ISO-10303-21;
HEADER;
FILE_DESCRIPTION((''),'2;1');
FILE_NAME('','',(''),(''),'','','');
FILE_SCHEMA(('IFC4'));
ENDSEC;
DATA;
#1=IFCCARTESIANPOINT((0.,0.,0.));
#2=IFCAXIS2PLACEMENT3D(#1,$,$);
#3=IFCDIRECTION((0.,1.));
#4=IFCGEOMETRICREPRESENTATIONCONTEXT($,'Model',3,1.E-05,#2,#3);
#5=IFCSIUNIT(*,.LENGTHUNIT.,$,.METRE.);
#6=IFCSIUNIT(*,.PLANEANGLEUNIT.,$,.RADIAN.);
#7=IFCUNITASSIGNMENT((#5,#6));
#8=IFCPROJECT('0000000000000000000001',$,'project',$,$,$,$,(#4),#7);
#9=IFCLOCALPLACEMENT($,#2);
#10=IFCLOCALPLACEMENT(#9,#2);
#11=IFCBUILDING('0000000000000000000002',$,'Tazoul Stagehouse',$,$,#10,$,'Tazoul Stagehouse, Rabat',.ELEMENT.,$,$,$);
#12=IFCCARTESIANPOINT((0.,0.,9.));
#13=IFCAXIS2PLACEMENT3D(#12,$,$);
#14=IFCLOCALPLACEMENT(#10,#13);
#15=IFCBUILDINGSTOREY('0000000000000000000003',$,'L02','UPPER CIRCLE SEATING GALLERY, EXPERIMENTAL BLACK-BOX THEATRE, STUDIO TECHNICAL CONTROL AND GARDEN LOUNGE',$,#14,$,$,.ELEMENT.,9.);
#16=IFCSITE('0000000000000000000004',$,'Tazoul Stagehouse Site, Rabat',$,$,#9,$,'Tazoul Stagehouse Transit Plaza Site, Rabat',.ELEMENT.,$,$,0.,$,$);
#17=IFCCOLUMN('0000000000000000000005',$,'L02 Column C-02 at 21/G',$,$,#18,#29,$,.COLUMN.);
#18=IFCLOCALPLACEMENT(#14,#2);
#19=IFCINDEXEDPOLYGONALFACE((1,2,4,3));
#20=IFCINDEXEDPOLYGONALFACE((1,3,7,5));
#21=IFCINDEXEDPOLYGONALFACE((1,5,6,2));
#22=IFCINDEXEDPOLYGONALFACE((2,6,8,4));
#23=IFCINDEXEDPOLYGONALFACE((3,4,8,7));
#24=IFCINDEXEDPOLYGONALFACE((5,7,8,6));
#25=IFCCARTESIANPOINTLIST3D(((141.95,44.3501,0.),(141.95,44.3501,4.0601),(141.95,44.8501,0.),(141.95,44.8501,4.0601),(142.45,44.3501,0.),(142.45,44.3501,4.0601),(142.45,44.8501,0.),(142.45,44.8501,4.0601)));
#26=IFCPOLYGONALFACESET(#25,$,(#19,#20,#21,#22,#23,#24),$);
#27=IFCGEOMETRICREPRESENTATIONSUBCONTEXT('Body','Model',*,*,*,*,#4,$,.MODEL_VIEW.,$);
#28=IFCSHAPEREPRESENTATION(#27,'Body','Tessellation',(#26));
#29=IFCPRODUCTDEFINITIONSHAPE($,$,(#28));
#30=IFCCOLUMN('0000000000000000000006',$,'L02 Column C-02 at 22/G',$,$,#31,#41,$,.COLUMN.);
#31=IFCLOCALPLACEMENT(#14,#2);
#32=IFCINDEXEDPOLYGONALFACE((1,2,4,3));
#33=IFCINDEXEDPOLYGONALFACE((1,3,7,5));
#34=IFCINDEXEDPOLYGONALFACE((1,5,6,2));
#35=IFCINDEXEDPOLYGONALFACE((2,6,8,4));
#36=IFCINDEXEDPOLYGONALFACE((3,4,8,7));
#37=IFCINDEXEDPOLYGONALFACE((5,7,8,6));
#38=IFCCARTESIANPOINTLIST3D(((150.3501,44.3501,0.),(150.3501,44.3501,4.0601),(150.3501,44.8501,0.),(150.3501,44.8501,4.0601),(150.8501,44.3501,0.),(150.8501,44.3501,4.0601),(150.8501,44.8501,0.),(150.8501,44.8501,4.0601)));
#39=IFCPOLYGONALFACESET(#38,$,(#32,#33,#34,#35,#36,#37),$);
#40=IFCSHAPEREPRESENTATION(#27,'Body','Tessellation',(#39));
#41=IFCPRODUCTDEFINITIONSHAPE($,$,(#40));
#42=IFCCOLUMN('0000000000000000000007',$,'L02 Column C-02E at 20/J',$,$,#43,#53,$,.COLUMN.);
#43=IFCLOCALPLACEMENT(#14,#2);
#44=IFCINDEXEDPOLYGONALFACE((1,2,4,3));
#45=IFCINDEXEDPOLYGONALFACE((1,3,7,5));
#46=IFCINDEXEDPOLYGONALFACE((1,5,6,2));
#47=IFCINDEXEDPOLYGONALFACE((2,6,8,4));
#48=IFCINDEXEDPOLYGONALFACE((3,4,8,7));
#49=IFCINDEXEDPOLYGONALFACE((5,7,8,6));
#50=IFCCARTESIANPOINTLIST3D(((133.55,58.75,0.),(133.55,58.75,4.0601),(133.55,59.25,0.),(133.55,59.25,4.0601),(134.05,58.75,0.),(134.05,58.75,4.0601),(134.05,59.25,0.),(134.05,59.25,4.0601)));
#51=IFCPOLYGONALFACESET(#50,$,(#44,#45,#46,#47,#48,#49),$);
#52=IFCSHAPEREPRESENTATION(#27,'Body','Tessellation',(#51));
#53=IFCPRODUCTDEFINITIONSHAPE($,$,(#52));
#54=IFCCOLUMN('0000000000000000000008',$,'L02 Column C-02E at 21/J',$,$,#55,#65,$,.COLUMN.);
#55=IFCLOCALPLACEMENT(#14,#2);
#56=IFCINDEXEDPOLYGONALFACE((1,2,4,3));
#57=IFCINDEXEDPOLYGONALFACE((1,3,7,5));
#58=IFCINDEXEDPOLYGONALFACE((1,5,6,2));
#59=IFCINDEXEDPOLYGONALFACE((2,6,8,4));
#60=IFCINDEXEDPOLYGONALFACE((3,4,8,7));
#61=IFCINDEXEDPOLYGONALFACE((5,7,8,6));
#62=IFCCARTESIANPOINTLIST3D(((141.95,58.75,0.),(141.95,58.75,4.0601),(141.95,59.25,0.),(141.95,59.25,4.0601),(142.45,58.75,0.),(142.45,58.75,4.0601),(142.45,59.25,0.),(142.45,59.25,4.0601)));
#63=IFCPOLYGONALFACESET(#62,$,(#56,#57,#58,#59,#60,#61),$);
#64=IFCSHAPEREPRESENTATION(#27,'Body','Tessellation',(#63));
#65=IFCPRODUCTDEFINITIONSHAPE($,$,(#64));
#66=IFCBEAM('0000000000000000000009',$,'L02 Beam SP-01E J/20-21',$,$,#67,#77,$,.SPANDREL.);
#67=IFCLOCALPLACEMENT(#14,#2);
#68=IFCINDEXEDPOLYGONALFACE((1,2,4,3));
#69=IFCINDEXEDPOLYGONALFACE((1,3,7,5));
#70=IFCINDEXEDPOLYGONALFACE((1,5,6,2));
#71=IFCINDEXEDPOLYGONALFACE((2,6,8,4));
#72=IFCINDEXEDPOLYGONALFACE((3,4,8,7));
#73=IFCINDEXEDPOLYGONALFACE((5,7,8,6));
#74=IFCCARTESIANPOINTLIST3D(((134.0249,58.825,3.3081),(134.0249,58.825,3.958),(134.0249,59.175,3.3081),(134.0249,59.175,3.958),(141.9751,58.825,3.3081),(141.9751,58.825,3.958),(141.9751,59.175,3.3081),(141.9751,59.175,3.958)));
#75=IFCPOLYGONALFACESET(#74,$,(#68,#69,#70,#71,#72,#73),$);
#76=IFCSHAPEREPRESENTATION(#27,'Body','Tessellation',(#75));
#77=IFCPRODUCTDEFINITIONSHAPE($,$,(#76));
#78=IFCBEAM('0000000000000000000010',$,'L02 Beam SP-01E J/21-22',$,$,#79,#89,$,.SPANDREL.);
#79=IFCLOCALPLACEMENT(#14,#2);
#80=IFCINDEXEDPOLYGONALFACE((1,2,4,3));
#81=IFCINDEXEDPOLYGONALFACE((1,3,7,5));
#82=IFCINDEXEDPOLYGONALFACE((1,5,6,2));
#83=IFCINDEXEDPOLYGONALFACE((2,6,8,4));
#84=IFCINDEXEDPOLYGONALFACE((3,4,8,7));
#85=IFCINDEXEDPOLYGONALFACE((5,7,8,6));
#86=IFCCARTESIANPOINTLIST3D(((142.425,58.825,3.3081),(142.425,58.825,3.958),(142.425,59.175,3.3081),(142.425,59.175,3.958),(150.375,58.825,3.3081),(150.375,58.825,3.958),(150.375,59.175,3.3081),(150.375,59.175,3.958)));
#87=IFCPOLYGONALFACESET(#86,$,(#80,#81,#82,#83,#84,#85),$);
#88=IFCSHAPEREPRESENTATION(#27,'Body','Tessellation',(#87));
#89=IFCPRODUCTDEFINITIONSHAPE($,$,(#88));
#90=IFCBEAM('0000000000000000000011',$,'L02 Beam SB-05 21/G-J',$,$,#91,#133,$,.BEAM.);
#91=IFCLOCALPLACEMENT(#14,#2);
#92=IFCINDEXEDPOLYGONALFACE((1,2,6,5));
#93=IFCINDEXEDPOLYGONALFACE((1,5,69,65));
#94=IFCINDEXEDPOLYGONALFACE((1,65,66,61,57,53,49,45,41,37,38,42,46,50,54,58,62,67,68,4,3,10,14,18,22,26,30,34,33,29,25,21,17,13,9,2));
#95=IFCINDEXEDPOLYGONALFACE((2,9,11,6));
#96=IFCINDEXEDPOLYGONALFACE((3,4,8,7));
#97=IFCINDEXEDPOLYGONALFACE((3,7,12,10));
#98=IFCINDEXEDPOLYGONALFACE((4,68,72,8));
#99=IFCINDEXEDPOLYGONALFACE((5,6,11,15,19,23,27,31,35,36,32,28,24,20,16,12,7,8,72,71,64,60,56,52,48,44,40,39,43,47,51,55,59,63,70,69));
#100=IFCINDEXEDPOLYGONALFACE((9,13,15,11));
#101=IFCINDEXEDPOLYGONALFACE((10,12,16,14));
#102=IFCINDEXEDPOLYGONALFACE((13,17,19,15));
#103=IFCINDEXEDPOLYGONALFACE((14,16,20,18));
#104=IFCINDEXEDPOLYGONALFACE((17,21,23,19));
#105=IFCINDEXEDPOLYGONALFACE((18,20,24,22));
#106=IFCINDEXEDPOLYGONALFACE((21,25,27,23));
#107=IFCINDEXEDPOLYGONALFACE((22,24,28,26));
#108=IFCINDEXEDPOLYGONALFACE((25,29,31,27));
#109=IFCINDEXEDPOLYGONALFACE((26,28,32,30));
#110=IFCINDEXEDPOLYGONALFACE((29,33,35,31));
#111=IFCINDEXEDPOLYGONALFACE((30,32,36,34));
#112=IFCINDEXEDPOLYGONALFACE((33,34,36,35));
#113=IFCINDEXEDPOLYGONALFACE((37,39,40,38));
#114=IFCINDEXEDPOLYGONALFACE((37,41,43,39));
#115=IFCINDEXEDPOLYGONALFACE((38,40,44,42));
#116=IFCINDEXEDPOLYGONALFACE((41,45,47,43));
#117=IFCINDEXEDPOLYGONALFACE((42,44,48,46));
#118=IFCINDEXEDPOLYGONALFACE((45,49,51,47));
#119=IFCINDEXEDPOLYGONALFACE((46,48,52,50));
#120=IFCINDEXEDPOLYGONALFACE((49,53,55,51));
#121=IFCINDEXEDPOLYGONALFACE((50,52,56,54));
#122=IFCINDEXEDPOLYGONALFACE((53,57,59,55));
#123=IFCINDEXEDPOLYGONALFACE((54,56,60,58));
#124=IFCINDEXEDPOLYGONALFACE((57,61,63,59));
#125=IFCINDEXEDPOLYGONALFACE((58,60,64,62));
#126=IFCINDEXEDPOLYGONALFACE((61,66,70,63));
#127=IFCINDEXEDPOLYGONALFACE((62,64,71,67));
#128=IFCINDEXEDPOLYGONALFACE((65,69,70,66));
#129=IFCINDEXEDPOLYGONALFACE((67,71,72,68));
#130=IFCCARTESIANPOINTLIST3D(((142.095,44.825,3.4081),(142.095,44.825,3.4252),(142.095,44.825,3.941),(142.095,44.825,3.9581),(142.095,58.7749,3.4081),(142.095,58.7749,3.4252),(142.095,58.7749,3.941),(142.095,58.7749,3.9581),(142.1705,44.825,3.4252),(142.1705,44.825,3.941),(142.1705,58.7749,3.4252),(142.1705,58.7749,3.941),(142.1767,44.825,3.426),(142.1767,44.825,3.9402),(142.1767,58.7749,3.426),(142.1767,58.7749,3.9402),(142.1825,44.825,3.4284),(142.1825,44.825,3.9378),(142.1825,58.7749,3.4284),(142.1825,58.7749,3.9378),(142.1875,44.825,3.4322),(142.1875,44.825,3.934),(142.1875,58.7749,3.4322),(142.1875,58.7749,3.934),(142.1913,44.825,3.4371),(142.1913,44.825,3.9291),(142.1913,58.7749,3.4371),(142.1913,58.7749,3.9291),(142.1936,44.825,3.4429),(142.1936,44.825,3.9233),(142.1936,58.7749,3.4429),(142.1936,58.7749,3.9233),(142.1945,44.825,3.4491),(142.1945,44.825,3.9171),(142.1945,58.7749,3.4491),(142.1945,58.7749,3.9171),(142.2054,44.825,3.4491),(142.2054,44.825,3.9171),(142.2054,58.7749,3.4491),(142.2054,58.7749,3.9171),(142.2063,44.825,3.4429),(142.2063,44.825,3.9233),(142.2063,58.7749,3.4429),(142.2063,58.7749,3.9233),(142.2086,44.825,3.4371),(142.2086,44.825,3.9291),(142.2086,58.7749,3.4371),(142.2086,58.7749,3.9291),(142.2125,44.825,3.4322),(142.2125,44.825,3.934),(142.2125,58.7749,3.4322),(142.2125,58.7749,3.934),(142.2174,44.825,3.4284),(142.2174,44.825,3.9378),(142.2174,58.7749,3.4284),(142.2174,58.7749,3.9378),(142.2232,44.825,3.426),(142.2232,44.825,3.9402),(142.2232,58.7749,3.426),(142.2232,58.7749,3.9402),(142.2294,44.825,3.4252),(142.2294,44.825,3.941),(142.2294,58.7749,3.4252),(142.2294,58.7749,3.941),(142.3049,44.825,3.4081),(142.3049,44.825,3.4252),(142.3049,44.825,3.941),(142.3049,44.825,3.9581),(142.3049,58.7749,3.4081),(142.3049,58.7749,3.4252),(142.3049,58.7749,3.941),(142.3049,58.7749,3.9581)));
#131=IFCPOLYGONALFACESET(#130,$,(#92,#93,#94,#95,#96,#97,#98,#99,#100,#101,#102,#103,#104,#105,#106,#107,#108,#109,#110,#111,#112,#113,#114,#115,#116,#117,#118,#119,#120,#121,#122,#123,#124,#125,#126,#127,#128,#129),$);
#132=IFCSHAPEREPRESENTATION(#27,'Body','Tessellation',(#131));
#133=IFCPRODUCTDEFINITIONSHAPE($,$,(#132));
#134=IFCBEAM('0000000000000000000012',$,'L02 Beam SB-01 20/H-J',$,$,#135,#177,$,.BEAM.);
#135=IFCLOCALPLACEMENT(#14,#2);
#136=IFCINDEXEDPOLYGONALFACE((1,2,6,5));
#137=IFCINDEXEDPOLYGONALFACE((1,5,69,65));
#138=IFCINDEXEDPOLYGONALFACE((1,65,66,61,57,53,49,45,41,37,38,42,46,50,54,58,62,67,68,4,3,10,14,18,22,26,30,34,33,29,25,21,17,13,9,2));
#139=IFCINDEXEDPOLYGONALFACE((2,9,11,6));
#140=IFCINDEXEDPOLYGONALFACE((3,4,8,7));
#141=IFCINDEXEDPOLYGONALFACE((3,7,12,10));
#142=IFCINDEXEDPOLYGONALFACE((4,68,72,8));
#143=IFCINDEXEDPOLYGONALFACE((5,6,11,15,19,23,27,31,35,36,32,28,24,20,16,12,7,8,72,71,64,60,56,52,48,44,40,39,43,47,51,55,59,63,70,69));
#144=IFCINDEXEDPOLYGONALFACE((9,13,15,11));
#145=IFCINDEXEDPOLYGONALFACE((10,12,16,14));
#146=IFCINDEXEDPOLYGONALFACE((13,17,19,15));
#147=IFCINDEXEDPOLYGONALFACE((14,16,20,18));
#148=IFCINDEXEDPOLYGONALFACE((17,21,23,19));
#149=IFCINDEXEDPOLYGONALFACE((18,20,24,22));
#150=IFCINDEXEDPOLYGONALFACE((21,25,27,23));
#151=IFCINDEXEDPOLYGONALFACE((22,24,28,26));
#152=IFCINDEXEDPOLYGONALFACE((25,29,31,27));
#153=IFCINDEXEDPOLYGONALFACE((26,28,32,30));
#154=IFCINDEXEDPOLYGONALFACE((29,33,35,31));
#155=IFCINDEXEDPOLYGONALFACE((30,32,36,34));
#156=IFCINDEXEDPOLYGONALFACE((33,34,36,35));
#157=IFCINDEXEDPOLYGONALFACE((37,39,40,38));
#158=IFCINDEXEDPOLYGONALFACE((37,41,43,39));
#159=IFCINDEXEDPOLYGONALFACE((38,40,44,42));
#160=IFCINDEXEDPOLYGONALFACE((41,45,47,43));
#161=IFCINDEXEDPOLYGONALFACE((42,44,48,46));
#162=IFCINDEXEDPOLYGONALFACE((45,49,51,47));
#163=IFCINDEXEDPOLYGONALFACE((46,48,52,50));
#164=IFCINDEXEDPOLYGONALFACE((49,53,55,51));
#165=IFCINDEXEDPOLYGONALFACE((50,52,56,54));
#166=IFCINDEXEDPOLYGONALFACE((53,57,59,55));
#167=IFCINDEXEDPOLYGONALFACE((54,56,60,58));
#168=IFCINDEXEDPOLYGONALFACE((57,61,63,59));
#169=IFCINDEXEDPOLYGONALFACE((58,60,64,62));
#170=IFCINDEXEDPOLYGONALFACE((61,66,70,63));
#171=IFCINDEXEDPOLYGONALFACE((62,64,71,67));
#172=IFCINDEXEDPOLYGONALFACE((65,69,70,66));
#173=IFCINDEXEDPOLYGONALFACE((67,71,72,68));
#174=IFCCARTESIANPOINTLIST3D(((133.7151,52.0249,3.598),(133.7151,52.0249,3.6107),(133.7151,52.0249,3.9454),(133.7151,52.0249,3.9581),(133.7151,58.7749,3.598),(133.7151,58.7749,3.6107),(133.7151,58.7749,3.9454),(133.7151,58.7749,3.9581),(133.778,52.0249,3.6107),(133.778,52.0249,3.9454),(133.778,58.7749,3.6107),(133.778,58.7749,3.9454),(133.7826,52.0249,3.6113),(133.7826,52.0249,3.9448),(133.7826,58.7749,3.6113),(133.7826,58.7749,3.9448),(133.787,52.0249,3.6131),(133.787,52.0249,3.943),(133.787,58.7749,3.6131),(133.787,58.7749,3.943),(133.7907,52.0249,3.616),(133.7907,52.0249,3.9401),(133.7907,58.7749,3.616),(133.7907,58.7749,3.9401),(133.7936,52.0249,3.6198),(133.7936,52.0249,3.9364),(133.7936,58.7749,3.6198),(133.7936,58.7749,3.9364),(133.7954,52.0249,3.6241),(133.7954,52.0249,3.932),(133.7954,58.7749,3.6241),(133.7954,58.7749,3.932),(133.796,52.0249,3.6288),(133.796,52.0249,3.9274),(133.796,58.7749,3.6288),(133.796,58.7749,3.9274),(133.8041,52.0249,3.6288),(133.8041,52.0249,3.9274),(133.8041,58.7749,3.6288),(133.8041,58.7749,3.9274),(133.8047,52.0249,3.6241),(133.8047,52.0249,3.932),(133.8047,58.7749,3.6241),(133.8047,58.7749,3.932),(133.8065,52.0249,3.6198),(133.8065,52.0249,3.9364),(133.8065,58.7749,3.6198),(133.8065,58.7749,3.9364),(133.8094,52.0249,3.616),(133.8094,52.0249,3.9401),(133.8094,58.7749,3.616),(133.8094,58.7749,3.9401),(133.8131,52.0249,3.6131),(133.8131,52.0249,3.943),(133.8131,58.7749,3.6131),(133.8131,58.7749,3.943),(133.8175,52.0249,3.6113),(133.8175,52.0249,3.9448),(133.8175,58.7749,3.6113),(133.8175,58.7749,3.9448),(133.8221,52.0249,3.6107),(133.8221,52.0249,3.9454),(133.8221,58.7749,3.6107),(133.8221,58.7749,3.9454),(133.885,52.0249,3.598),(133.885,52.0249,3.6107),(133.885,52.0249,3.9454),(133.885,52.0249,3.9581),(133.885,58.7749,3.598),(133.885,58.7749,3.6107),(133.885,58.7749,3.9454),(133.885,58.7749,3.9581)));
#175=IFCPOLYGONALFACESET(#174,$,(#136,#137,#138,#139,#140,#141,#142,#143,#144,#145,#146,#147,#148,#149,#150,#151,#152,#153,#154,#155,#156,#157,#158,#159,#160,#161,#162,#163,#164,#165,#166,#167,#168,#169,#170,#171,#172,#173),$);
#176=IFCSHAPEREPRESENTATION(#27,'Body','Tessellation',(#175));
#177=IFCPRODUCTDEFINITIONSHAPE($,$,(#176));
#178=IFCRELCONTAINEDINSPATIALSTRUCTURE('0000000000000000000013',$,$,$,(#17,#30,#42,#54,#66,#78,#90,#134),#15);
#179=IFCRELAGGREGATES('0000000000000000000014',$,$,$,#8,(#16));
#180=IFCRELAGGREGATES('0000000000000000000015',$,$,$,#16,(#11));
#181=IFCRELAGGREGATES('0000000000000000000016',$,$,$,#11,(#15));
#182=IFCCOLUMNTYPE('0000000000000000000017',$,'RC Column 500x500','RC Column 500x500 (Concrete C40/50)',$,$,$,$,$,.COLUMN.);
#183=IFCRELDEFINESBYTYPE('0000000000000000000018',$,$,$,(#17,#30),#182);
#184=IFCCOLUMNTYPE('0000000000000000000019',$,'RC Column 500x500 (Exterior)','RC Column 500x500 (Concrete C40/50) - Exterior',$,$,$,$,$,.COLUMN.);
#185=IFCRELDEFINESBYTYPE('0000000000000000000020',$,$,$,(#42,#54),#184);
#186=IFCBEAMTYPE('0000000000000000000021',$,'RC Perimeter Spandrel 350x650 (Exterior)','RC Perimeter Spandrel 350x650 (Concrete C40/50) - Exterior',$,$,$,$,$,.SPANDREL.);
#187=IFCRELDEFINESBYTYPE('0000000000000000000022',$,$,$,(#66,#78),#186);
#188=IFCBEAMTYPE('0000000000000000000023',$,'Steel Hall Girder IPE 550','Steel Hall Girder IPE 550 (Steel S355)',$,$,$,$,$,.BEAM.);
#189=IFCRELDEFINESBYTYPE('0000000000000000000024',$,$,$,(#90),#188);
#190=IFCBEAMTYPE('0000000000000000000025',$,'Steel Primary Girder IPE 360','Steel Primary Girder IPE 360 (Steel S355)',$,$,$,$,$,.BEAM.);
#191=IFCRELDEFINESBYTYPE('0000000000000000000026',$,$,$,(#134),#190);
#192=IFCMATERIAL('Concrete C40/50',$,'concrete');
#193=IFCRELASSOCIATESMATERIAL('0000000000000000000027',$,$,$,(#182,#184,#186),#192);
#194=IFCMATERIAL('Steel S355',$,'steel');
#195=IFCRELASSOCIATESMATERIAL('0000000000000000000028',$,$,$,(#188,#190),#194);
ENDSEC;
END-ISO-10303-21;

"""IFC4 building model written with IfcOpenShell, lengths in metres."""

from ifc_helpers import new_model, si_unit, direction, frame, origin, origin_2d, place, context, subcontext, project, spatial, rectangle, i_section, extrude, material, material_profile, profile_set, type_object, element, save


model = new_model("IFC4")

# Units and contexts
model_context = context("Model", 3, precision=1e-05, world=origin(), true_north=direction((0.0, 1.0)))
body_context = subcontext(model_context, "Body", "Model", "MODEL_VIEW")
ifc_project = project(units=[si_unit("LENGTHUNIT", "METRE"), si_unit("PLANEANGLEUNIT", "RADIAN")], contexts=[model_context])

# Site, building, storey
site_placement = place(None, origin())
site = spatial("IfcSite", under=ifc_project, at=site_placement, Name="Tazoul Stagehouse Site, Rabat", LongName="Tazoul Stagehouse Transit Plaza Site, Rabat", CompositionType="ELEMENT", RefElevation=0.0)
building_placement = place(site_placement, origin())
building = spatial("IfcBuilding", under=site, at=building_placement, Name="Tazoul Stagehouse", LongName="Tazoul Stagehouse, Rabat", CompositionType="ELEMENT")
storey_placement = place(building_placement, frame((0.0, 0.0, 9.0)))
storey = spatial("IfcBuildingStorey", under=building, at=storey_placement, Name="L02", Description="UPPER CIRCLE SEATING GALLERY, EXPERIMENTAL BLACK-BOX THEATRE, STUDIO TECHNICAL CONTROL AND GARDEN LOUNGE", CompositionType="ELEMENT", Elevation=9.0)

# Columns
ifc_material_1 = material(Name="Concrete C40/50", Category="concrete")
ifc_material_profile_1 = material_profile(ifc_material_1, rectangle(XDim=0.5, YDim=0.5, at=origin_2d()), Name="RC 500x500")
ifc_profile_set_1 = profile_set([ifc_material_profile_1], Name="Concrete C40/50")
column_type_1 = type_object("IfcColumnType", Name="RC Column 500x500", Description="RC Column 500x500 (Concrete C40/50)", PredefinedType="COLUMN", material=ifc_profile_set_1)
for number, where, z_axis, x_axis, name in (
    (1, (142.2, 44.6001, 0.0), (0.0, 0.0, 1.0), (1.0, 0.0, 0.0), "L02 Column C-02 at 21/G"),
    (2, (150.6001, 44.6001, 0.0), (0.0, 0.0, 1.0), (1.0, 0.0, 0.0), "L02 Column C-02 at 22/G"),
):
    element("IfcColumn", number, at=place(storey_placement, frame(where, z_axis=z_axis, x_axis=x_axis)), inside=storey, type_object=column_type_1, Name=name, PredefinedType="COLUMN", context=body_context, shape_type="SweptSolid", body=[
        extrude(rectangle(XDim=0.5, YDim=0.5, at=origin_2d()), origin(), (0.0, 0.0, 1.0), 4.0601),
    ])
ifc_material_profile_2 = material_profile(ifc_material_1, rectangle(XDim=0.5, YDim=0.5, at=origin_2d()), Name="RC 500x500")
ifc_profile_set_2 = profile_set([ifc_material_profile_2], Name="Concrete C40/50")
column_type_2 = type_object("IfcColumnType", Name="RC Column 500x500 (Exterior)", Description="RC Column 500x500 (Concrete C40/50) - Exterior", PredefinedType="COLUMN", material=ifc_profile_set_2)
for number, where, z_axis, x_axis, name in (
    (3, (133.8, 59.0, 0.0), (0.0, 0.0, 1.0), (1.0, 0.0, 0.0), "L02 Column C-02E at 20/J"),
    (4, (142.2, 59.0, 0.0), (0.0, 0.0, 1.0), (1.0, 0.0, 0.0), "L02 Column C-02E at 21/J"),
):
    element("IfcColumn", number, at=place(storey_placement, frame(where, z_axis=z_axis, x_axis=x_axis)), inside=storey, type_object=column_type_2, Name=name, PredefinedType="COLUMN", context=body_context, shape_type="SweptSolid", body=[
        extrude(rectangle(XDim=0.5, YDim=0.5, at=origin_2d()), origin(), (0.0, 0.0, 1.0), 4.0601),
    ])

# Beams
ifc_material_profile_3 = material_profile(ifc_material_1, rectangle(XDim=0.3501, YDim=0.6499, at=origin_2d()), Name="RC 350x650")
ifc_profile_set_3 = profile_set([ifc_material_profile_3], Name="Concrete C40/50")
beam_type_1 = type_object("IfcBeamType", Name="RC Perimeter Spandrel 350x650 (Exterior)", Description="RC Perimeter Spandrel 350x650 (Concrete C40/50) - Exterior", PredefinedType="SPANDREL", material=ifc_profile_set_3)
beam_1_placement = place(storey_placement, frame((134.0249, 59.0, 3.6331), z_axis=(1.0, 0.0, 0.0), x_axis=(0.0, 1.0, 0.0)))
element("IfcBeam", 5, at=beam_1_placement, inside=storey, type_object=beam_type_1, Name="L02 Beam SP-01E J/20-21", PredefinedType="SPANDREL", context=body_context, shape_type="SweptSolid", body=[
    extrude(rectangle(XDim=0.3501, YDim=0.6499, at=origin_2d()), origin(), (0.0, 0.0, 1.0), 7.9502),
])
beam_2_placement = place(storey_placement, frame((142.425, 59.0, 3.6331), z_axis=(1.0, 0.0, 0.0), x_axis=(0.0, 1.0, 0.0)))
element("IfcBeam", 6, at=beam_2_placement, inside=storey, type_object=beam_type_1, Name="L02 Beam SP-01E J/21-22", PredefinedType="SPANDREL", context=body_context, shape_type="SweptSolid", body=[
    extrude(rectangle(XDim=0.3501, YDim=0.6499, at=origin_2d()), origin(), (0.0, 0.0, 1.0), 7.95),
])
ifc_material_2 = material(Name="Steel S355", Category="steel")
ifc_material_profile_4 = material_profile(ifc_material_2, i_section(OverallWidth=0.21, OverallDepth=0.55, WebThickness=0.011, FlangeThickness=0.0171, FilletRadius=0.0239, at=origin_2d()), Name="IPE 550")
ifc_profile_set_4 = profile_set([ifc_material_profile_4], Name="Steel S355")
beam_type_2 = type_object("IfcBeamType", Name="Steel Hall Girder IPE 550", Description="Steel Hall Girder IPE 550 (Steel S355)", PredefinedType="BEAM", material=ifc_profile_set_4)
beam_3_placement = place(storey_placement, frame((142.2, 44.825, 3.6831), z_axis=(0.0, 1.0, 0.0), x_axis=(-1.0, 0.0, 0.0)))
element("IfcBeam", 7, at=beam_3_placement, inside=storey, type_object=beam_type_2, Name="L02 Beam SB-05 21/G-J", PredefinedType="BEAM", context=body_context, shape_type="SweptSolid", body=[
    extrude(i_section(OverallWidth=0.21, OverallDepth=0.55, WebThickness=0.011, FlangeThickness=0.0171, FilletRadius=0.0239, at=origin_2d()), origin(), (0.0, 0.0, 1.0), 13.95),
])
ifc_material_profile_5 = material_profile(ifc_material_2, i_section(OverallWidth=0.1699, OverallDepth=0.3601, WebThickness=0.0081, FlangeThickness=0.0127, FilletRadius=0.0181, at=origin_2d()), Name="IPE 360")
ifc_profile_set_5 = profile_set([ifc_material_profile_5], Name="Steel S355")
beam_type_3 = type_object("IfcBeamType", Name="Steel Primary Girder IPE 360", Description="Steel Primary Girder IPE 360 (Steel S355)", PredefinedType="BEAM", material=ifc_profile_set_5)
for number, where, z_axis, x_axis, name in (
    (8, (133.8, 52.0249, 3.7781), (0.0, 1.0, 0.0), (-1.0, 0.0, 0.0), "L02 Beam SB-01 20/H-J"),
):
    element("IfcBeam", number, at=place(storey_placement, frame(where, z_axis=z_axis, x_axis=x_axis)), inside=storey, type_object=beam_type_3, Name=name, PredefinedType="BEAM", context=body_context, shape_type="SweptSolid", body=[
        extrude(i_section(OverallWidth=0.1699, OverallDepth=0.3601, WebThickness=0.0081, FlangeThickness=0.0127, FilletRadius=0.0181, at=origin_2d()), origin(), (0.0, 0.0, 1.0), 6.75),
    ])

save(model, "model.ifc")
